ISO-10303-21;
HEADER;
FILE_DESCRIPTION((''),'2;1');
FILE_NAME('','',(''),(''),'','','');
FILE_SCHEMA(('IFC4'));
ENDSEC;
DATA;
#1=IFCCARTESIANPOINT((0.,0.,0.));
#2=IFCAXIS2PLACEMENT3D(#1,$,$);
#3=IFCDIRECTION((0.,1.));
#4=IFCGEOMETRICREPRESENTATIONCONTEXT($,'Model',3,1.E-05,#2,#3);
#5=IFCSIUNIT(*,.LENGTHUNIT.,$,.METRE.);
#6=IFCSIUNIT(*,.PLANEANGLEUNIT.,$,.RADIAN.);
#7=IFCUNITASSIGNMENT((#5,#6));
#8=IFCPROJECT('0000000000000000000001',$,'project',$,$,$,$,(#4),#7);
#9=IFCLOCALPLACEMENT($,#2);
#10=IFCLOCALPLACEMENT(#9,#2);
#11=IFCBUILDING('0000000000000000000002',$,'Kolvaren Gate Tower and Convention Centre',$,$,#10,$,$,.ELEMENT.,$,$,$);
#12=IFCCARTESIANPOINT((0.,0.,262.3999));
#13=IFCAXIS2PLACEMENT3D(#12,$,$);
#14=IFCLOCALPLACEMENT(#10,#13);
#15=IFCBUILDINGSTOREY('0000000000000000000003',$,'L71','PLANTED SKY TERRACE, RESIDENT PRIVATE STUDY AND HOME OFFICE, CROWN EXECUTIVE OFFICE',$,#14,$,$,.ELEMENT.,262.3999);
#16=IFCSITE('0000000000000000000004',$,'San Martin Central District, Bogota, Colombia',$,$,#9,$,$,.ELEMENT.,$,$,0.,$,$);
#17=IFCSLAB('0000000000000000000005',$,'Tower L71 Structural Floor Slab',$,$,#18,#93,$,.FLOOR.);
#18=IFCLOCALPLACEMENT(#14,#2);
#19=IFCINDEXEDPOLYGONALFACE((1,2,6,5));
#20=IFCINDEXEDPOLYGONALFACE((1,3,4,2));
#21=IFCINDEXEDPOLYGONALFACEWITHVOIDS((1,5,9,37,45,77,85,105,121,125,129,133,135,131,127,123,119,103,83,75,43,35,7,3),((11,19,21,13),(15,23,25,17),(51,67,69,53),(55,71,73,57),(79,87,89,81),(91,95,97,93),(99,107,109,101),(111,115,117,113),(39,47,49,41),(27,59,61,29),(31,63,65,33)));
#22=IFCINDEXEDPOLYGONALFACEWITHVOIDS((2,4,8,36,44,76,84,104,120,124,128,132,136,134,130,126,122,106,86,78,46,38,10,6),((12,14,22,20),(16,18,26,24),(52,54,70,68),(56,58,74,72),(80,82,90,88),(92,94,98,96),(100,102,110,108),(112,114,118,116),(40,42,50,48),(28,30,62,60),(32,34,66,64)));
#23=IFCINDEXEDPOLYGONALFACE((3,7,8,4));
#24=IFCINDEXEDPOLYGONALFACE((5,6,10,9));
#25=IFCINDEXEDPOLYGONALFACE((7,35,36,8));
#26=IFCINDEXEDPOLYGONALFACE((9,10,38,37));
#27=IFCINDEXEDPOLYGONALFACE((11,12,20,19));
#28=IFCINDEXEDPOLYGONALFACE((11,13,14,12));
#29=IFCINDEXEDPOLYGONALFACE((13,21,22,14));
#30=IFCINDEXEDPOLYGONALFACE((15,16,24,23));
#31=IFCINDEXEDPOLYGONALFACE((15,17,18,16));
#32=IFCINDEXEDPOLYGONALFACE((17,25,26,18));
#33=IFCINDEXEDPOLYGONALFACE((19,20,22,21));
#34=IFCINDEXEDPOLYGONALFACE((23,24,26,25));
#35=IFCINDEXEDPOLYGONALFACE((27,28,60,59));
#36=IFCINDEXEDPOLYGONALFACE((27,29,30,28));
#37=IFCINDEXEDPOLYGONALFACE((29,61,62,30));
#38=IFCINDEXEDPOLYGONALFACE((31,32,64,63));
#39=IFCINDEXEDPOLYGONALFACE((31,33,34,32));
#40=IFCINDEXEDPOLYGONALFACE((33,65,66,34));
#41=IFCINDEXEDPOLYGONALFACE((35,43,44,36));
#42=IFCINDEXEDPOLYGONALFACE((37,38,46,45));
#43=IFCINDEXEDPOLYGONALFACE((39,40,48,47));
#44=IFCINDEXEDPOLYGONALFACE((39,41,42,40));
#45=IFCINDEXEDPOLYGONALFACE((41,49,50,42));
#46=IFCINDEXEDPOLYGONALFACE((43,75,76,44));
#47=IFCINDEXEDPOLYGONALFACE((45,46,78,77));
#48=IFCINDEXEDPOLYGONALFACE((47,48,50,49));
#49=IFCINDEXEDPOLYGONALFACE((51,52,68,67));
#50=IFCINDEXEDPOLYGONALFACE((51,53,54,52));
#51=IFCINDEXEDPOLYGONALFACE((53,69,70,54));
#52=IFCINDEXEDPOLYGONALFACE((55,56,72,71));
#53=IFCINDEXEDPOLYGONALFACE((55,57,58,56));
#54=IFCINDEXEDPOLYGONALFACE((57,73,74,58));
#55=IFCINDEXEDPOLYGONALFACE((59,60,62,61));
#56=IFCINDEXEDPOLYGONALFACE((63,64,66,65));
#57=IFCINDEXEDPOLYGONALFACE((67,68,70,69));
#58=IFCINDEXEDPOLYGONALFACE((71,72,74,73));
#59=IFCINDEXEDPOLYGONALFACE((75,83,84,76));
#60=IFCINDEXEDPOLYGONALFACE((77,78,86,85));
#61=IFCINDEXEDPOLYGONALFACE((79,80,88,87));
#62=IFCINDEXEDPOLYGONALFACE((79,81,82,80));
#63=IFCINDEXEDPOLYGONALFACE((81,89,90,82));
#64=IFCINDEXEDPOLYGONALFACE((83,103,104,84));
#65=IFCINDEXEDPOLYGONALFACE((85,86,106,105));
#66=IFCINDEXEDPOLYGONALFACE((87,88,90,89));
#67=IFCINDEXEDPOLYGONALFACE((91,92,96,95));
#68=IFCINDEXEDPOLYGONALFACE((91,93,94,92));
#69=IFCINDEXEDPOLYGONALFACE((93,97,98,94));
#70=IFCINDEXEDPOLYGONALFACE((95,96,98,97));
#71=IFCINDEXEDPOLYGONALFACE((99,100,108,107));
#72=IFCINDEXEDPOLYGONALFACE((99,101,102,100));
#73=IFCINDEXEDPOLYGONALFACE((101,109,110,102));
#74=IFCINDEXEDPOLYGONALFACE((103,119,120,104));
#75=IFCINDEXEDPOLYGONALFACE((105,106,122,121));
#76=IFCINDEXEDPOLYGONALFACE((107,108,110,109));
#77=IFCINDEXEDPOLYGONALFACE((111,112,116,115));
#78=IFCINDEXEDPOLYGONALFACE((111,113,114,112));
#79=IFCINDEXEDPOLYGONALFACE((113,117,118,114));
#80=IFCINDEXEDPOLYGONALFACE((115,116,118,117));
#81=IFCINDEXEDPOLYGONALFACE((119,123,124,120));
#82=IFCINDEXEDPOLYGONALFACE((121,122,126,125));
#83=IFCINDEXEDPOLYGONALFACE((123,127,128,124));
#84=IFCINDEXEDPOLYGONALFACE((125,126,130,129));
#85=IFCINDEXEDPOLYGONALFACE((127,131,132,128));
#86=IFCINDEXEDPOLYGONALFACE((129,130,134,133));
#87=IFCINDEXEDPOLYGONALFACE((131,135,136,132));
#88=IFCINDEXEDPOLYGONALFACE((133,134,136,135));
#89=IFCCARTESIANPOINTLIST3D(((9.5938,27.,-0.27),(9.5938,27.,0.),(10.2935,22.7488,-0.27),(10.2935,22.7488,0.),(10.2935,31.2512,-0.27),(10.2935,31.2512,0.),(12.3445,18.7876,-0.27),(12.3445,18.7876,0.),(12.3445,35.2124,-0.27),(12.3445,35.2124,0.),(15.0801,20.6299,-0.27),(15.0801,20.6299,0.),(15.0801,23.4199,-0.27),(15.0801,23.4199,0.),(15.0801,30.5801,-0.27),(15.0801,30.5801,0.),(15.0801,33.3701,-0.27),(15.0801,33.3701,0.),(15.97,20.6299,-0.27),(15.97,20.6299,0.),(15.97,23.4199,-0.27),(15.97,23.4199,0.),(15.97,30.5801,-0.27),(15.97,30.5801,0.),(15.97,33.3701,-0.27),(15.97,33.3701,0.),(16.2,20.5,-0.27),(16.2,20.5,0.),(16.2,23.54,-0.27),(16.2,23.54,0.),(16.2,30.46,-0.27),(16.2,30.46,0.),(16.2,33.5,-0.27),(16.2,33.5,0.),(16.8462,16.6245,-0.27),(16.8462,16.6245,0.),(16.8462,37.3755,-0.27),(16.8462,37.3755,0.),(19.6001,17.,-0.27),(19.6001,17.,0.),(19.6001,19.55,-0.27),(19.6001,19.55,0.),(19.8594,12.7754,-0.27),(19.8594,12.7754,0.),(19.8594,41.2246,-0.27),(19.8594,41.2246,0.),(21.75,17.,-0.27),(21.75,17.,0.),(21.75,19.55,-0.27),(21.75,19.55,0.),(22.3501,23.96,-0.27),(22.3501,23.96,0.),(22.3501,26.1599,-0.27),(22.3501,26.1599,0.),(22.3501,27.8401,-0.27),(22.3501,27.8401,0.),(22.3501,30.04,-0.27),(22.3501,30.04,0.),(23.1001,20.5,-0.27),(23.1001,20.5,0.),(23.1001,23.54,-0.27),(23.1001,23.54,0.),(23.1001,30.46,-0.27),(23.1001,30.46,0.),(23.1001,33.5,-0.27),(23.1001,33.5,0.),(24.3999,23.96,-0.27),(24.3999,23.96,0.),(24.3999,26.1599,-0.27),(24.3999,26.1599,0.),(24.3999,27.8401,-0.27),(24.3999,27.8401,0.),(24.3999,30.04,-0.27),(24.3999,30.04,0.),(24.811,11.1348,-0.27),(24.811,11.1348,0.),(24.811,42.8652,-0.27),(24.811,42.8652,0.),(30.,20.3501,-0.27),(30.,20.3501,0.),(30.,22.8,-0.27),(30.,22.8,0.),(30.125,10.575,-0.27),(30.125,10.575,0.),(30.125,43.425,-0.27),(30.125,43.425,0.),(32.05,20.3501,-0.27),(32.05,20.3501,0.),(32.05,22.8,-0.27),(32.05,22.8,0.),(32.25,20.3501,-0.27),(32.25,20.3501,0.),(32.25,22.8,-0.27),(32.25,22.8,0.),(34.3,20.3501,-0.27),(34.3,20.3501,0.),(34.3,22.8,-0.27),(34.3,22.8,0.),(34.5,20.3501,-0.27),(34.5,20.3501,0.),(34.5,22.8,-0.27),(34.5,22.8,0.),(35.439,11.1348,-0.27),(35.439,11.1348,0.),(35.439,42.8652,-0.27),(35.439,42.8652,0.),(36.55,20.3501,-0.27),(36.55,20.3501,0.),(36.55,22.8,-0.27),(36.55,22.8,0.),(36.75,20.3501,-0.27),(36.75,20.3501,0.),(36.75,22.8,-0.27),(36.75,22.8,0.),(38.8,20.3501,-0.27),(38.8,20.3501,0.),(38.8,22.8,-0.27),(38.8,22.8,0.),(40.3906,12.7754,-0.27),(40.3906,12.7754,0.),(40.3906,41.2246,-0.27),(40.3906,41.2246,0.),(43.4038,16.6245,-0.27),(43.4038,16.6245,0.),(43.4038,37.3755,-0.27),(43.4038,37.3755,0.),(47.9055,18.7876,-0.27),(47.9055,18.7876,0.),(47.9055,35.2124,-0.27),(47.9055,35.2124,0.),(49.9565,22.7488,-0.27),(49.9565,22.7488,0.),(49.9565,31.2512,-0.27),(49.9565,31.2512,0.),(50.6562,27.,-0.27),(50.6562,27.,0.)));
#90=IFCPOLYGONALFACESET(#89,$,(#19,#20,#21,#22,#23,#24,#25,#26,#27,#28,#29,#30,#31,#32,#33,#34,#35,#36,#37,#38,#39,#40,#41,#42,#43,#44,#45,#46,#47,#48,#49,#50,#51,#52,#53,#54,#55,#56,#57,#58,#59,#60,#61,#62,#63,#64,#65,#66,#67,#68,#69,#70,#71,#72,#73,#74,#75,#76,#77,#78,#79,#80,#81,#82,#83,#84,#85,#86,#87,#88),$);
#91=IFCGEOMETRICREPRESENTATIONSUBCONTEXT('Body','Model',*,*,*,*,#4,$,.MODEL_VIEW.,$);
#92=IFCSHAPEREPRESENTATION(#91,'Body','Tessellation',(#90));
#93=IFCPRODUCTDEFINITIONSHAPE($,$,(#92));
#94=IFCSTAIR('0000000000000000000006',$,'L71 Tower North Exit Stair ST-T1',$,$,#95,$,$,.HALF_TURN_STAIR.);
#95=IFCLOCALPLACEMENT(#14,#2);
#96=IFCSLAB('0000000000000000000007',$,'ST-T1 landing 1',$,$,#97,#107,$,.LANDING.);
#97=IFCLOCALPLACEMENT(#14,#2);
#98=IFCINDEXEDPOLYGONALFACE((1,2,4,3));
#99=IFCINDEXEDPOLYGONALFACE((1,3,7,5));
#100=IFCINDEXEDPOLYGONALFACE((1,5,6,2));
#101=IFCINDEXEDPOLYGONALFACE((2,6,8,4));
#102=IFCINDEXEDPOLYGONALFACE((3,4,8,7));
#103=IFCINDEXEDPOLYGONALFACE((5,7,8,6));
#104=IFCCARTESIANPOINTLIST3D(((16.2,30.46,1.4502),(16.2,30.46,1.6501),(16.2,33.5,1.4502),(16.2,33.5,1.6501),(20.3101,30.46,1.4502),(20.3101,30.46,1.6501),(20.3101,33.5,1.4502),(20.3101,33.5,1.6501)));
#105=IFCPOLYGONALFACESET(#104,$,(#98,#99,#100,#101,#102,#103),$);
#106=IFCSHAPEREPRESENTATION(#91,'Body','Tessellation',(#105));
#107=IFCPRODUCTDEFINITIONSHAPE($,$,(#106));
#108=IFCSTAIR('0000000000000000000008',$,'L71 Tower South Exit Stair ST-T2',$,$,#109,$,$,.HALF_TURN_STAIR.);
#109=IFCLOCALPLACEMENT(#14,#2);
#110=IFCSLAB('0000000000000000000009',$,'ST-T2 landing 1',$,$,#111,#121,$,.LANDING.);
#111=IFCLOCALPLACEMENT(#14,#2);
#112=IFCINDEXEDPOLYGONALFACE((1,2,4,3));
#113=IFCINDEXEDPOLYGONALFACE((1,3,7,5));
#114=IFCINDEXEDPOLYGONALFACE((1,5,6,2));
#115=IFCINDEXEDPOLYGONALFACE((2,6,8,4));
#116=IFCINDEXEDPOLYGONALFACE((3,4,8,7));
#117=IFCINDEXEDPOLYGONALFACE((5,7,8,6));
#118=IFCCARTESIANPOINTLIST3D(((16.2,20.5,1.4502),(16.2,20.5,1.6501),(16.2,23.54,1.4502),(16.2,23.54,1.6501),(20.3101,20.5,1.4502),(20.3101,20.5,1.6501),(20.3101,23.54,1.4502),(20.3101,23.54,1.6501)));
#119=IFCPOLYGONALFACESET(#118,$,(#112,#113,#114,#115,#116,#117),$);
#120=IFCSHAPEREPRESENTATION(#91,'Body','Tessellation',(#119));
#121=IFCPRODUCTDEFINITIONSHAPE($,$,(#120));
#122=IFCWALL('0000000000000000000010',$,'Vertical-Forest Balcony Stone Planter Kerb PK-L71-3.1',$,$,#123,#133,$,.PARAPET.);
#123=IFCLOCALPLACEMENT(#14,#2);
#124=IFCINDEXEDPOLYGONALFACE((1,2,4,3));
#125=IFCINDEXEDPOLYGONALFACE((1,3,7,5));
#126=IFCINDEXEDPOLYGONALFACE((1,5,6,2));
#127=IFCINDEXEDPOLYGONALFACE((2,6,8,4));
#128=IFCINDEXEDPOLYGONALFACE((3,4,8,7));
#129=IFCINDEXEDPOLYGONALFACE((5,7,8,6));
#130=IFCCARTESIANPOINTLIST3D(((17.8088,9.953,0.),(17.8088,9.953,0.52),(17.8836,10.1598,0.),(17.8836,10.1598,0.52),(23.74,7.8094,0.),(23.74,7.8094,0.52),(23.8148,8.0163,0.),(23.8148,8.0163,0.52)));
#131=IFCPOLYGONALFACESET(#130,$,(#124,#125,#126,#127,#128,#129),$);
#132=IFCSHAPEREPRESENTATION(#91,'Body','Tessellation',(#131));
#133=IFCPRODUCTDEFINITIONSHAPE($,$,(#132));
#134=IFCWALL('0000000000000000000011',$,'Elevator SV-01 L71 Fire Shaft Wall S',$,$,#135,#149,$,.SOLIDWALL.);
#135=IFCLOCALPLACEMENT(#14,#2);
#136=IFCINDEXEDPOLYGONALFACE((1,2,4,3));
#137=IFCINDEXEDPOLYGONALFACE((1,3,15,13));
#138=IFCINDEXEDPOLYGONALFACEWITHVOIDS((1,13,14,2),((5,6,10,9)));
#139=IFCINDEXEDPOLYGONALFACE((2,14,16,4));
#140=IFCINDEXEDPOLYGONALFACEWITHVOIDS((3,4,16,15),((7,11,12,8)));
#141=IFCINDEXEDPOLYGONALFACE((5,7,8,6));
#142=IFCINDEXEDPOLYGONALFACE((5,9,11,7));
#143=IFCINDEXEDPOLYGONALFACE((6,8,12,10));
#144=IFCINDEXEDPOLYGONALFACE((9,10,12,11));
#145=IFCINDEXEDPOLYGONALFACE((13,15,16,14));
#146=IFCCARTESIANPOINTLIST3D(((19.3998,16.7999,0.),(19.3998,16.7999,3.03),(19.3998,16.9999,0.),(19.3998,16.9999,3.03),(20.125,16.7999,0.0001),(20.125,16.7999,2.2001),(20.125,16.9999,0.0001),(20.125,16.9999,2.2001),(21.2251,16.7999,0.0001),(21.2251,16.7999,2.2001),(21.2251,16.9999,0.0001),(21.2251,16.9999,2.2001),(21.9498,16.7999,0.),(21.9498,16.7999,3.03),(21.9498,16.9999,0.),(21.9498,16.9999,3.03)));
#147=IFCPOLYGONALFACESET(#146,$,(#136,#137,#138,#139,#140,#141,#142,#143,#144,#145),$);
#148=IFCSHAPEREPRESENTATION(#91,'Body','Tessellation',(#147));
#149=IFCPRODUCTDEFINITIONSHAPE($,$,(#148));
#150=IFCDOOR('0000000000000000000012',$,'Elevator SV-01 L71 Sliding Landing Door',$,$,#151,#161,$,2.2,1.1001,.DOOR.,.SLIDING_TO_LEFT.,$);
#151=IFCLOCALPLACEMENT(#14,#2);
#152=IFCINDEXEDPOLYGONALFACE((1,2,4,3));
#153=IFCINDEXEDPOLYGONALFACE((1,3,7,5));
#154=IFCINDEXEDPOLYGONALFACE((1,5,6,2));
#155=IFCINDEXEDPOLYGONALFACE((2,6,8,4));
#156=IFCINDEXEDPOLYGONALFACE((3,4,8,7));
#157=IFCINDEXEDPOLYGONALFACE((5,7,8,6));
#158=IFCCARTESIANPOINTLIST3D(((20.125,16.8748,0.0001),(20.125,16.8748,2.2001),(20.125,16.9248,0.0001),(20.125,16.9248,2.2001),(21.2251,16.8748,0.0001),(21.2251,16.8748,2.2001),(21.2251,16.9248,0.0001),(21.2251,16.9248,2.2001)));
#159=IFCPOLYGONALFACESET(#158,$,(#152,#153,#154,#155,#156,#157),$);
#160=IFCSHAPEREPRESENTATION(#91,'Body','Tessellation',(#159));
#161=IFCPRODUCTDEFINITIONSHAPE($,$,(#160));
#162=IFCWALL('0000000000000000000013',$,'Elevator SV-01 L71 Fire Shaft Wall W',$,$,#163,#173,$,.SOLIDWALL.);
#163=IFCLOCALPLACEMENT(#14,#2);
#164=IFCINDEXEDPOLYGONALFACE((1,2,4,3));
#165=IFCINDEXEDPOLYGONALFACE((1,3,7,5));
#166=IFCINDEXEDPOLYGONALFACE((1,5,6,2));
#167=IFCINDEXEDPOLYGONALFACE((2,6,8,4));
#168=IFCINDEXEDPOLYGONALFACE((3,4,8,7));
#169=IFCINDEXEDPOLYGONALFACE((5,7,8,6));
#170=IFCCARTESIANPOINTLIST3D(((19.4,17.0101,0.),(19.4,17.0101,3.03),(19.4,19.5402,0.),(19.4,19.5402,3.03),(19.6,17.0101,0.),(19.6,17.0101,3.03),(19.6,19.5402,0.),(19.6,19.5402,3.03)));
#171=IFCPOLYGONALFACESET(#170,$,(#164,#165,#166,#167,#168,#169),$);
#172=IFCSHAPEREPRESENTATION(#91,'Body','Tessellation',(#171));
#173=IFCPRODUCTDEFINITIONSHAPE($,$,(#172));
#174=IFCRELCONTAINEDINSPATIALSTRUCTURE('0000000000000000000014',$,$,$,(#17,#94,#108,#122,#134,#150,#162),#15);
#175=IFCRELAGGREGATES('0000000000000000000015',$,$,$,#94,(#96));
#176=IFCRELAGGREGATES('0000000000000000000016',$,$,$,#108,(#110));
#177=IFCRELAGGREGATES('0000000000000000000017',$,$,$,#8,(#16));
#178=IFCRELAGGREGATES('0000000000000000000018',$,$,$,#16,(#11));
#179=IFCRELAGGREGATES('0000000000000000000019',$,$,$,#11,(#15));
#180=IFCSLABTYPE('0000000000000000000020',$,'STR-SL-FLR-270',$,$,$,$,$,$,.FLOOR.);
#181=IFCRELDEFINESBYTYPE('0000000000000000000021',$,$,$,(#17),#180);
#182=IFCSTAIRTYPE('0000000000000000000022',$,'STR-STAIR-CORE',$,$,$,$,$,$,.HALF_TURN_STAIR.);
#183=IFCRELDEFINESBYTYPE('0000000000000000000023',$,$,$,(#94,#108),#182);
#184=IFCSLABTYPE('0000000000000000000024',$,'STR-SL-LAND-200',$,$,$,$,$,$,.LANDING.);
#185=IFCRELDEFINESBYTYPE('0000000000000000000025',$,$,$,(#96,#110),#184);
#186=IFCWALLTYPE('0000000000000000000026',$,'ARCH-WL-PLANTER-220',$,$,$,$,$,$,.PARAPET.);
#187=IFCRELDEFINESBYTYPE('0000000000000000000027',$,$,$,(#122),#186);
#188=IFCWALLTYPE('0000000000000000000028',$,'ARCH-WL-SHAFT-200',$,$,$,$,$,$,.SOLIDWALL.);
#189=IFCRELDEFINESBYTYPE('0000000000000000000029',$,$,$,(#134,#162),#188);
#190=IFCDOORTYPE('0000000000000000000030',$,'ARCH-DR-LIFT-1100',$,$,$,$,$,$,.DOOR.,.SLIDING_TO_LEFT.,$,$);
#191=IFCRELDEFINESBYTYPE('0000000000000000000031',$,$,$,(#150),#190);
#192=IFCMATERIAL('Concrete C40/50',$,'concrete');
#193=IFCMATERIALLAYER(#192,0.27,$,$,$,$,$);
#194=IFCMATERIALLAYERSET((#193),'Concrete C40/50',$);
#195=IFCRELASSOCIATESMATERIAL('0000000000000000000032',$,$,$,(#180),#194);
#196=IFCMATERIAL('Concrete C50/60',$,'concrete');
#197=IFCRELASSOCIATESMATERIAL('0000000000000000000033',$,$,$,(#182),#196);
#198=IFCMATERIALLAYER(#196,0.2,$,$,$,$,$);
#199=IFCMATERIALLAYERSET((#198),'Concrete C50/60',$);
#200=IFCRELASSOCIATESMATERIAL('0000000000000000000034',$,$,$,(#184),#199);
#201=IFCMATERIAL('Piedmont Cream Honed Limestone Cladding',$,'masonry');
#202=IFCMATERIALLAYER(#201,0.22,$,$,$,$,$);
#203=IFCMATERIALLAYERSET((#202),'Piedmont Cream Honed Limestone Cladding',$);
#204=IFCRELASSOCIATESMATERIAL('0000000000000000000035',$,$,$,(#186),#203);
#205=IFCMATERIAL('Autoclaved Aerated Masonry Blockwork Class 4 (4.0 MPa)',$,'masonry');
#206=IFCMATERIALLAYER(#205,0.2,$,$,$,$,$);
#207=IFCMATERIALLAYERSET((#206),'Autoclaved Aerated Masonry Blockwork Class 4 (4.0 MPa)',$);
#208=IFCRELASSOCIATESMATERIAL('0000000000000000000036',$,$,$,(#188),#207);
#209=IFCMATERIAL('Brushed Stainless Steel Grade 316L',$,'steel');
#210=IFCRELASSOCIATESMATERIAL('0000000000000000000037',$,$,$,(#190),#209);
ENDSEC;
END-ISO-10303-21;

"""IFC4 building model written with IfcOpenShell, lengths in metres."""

from ifc_helpers import new_model, si_unit, direction, frame, frame_2d, origin, place, context, subcontext, project, spatial, polyline, rectangle, outline, extrude, material, layer, layer_set, type_object, element, fill, aggregate, save


model = new_model("IFC4")

# Units and contexts
model_context = context("Model", 3, precision=1e-05, world=origin(), true_north=direction((0.0, 1.0)))
body_context = subcontext(model_context, "Body", "Model", "MODEL_VIEW")
ifc_project = project(units=[si_unit("LENGTHUNIT", "METRE"), si_unit("PLANEANGLEUNIT", "RADIAN")], contexts=[model_context])

# Site, building, storey
site_placement = place(None, origin())
site = spatial("IfcSite", under=ifc_project, at=site_placement, Name="San Martin Central District, Bogota, Colombia", CompositionType="ELEMENT", RefElevation=0.0)
building_placement = place(site_placement, origin())
building = spatial("IfcBuilding", under=site, at=building_placement, Name="Kolvaren Gate Tower and Convention Centre", CompositionType="ELEMENT")
storey_placement = place(building_placement, frame((0.0, 0.0, 262.3999)))
storey = spatial("IfcBuildingStorey", under=building, at=storey_placement, Name="L71", Description="PLANTED SKY TERRACE, RESIDENT PRIVATE STUDY AND HOME OFFICE, CROWN EXECUTIVE OFFICE", CompositionType="ELEMENT", Elevation=262.3999)

# Slab
ifc_material_1 = material(Name="Concrete C50/60", Category="concrete")
ifc_material_2 = material(Name="Concrete C40/50", Category="concrete")
ifc_layer_1 = layer(ifc_material_2, 0.27)
ifc_layer_set_1 = layer_set([ifc_layer_1], Name="Concrete C40/50")
slab_type_1 = type_object("IfcSlabType", Name="STR-SL-FLR-270", PredefinedType="FLOOR", material=ifc_layer_set_1)
slab_1_placement = place(storey_placement, frame((0.0, 0.0, -0.27)))
element("IfcSlab", 1, at=slab_1_placement, inside=storey, type_object=slab_type_1, Name="Tower L71 Structural Floor Slab", PredefinedType="FLOOR", context=body_context, shape_type="SweptSolid", body=[
    extrude(outline(polyline([(50.6562, 27.0), (49.9565, 31.2512), (47.9055, 35.2124), (43.4038, 37.3755), (40.3906, 41.2246), (35.439, 42.8652), (30.125, 43.425), (24.811, 42.8652), (19.8594, 41.2246), (16.8462, 37.3755), (12.3445, 35.2124), (10.2935, 31.2512), (9.5938, 27.0), (10.2935, 22.7488), (12.3445, 18.7876), (16.8462, 16.6245), (19.8594, 12.7754), (24.811, 11.1348), (30.125, 10.575), (35.439, 11.1348), (40.3906, 12.7754), (43.4038, 16.6245), (47.9055, 18.7876), (49.9565, 22.7488), (50.6562, 27.0)]), holes=[polyline([(36.75, 20.3501), (36.75, 22.8), (38.8, 22.8), (38.8, 20.3501), (36.75, 20.3501)]), polyline([(36.55, 20.3501), (34.5, 20.3501), (34.5, 22.8), (36.55, 22.8), (36.55, 20.3501)]), polyline([(32.25, 20.3501), (32.25, 22.8), (34.3, 22.8), (34.3, 20.3501), (32.25, 20.3501)]), polyline([(30.0, 20.3501), (30.0, 22.8), (32.05, 22.8), (32.05, 20.3501), (30.0, 20.3501)]), polyline([(22.3501, 23.96), (22.3501, 26.1599), (24.3999, 26.1599), (24.3999, 23.96), (22.3501, 23.96)]), polyline([(22.3501, 27.8401), (22.3501, 30.04), (24.3999, 30.04), (24.3999, 27.8401), (22.3501, 27.8401)]), polyline([(16.2, 23.54), (23.1001, 23.54), (23.1001, 20.5), (16.2, 20.5), (16.2, 23.54)]), polyline([(16.2, 33.5), (23.1001, 33.5), (23.1001, 30.46), (16.2, 30.46), (16.2, 33.5)]), polyline([(21.75, 17.0), (19.6001, 17.0), (19.6001, 19.55), (21.75, 19.55), (21.75, 17.0)]), polyline([(15.0801, 30.5801), (15.0801, 33.3701), (15.97, 33.3701), (15.97, 30.5801), (15.0801, 30.5801)]), polyline([(15.97, 20.6299), (15.0801, 20.6299), (15.0801, 23.4199), (15.97, 23.4199), (15.97, 20.6299)])]), origin(), (0.0, 0.0, 1.0), 0.27),
])

# Stairs, slabs
stair_type = type_object("IfcStairType", Name="STR-STAIR-CORE", PredefinedType="HALF_TURN_STAIR", material=ifc_material_1)
stair_1_placement = place(storey_placement, origin())
stair_1 = element("IfcStair", 2, at=stair_1_placement, inside=storey, type_object=stair_type, Name="L71 Tower North Exit Stair ST-T1", PredefinedType="HALF_TURN_STAIR")
ifc_layer_2 = layer(ifc_material_1, 0.2)
ifc_layer_set_2 = layer_set([ifc_layer_2], Name="Concrete C50/60")
slab_type_2 = type_object("IfcSlabType", Name="STR-SL-LAND-200", PredefinedType="LANDING", material=ifc_layer_set_2)
slab_2_placement = place(storey_placement, frame((0.0, 0.0, 1.4502)))
slab_2 = element("IfcSlab", 3, at=slab_2_placement, type_object=slab_type_2, Name="ST-T1 landing 1", PredefinedType="LANDING", context=body_context, shape_type="SweptSolid", body=[
    extrude(outline(polyline([(20.3101, 33.5), (16.2, 33.5), (16.2, 30.46), (20.3101, 30.46), (20.3101, 33.5)])), origin(), (0.0, 0.0, 1.0), 0.2),
])
aggregate(stair_1, [slab_2])
stair_2_placement = place(storey_placement, origin())
stair_2 = element("IfcStair", 4, at=stair_2_placement, inside=storey, type_object=stair_type, Name="L71 Tower South Exit Stair ST-T2", PredefinedType="HALF_TURN_STAIR")
slab_3_placement = place(storey_placement, frame((0.0, 0.0, 1.4502)))
slab_3 = element("IfcSlab", 5, at=slab_3_placement, type_object=slab_type_2, Name="ST-T2 landing 1", PredefinedType="LANDING", context=body_context, shape_type="SweptSolid", body=[
    extrude(outline(polyline([(20.3101, 23.54), (16.2, 23.54), (16.2, 20.5), (20.3101, 20.5), (20.3101, 23.54)])), origin(), (0.0, 0.0, 1.0), 0.2),
])
aggregate(stair_2, [slab_3])

# Wall
ifc_material_3 = material(Name="Piedmont Cream Honed Limestone Cladding", Category="masonry")
ifc_layer_3 = layer(ifc_material_3, 0.22)
ifc_layer_set_3 = layer_set([ifc_layer_3], Name="Piedmont Cream Honed Limestone Cladding")
wall_type_1 = type_object("IfcWallType", Name="ARCH-WL-PLANTER-220", PredefinedType="PARAPET", material=ifc_layer_set_3)
wall_1_placement = place(storey_placement, frame((17.8462, 10.0564, 0.0), z_axis=(0.0, 0.0, 1.0), x_axis=(0.940465, -0.33989, 0.0)))
element("IfcWall", 6, at=wall_1_placement, inside=storey, type_object=wall_type_1, Name="Vertical-Forest Balcony Stone Planter Kerb PK-L71-3.1", PredefinedType="PARAPET", context=body_context, shape_type="SweptSolid", body=[
    extrude(rectangle(XDim=6.3066, YDim=0.22, at=frame_2d((3.1533, 0.0))), origin(), (0.0, 0.0, 1.0), 0.52),
])

# Wall, opening, door
ifc_material_4 = material(Name="Autoclaved Aerated Masonry Blockwork Class 4 (4.0 MPa)", Category="masonry")
ifc_layer_4 = layer(ifc_material_4, 0.2)
ifc_layer_set_4 = layer_set([ifc_layer_4], Name="Autoclaved Aerated Masonry Blockwork Class 4 (4.0 MPa)")
wall_type_2 = type_object("IfcWallType", Name="ARCH-WL-SHAFT-200", PredefinedType="SOLIDWALL", material=ifc_layer_set_4)
wall_2_placement = place(storey_placement, frame((19.3999, 16.8999, 0.0), z_axis=(0.0, 0.0, 1.0), x_axis=(1.0, 0.0, 0.0)))
wall_2 = element("IfcWall", 7, at=wall_2_placement, inside=storey, type_object=wall_type_2, Name="Elevator SV-01 L71 Fire Shaft Wall S", PredefinedType="SOLIDWALL", context=body_context, shape_type="SweptSolid", body=[
    extrude(rectangle(XDim=2.55, YDim=0.2, at=frame_2d((1.2749, 0.0))), origin(), (0.0, 0.0, 1.0), 3.03),
])
opening_1_placement = place(wall_2_placement, frame((0.7251, 0.0, 0.0)))
opening_1 = element("IfcOpeningElement", 8, at=opening_1_placement, cuts=wall_2, PredefinedType="OPENING", context=body_context, shape_type="SweptSolid", body=[
    extrude(rectangle(XDim=1.1001, YDim=2.2, at=frame_2d((0.55, 1.1001))), frame((0.0, 0.1099, 0.0), z_axis=(0.0, -1.0, 0.0), x_axis=(1.0, 0.0, 0.0)), (0.0, 0.0, 1.0), 0.22),
])
ifc_material_5 = material(Name="Brushed Stainless Steel Grade 316L", Category="steel")
door_type = type_object("IfcDoorType", Name="ARCH-DR-LIFT-1100", OperationType="SLIDING_TO_LEFT", PredefinedType="DOOR", material=ifc_material_5)
door_placement = place(opening_1_placement, origin())
door = element("IfcDoor", 9, at=door_placement, inside=storey, type_object=door_type, Name="Elevator SV-01 L71 Sliding Landing Door", OperationType="SLIDING_TO_LEFT", OverallHeight=2.2, OverallWidth=1.1001, PredefinedType="DOOR", context=body_context, shape_type="SweptSolid", body=[
    extrude(rectangle(XDim=1.1001, YDim=2.2, at=frame_2d((0.55, 1.1001))), frame((0.0, 0.0249, 0.0), z_axis=(0.0, -1.0, 0.0), x_axis=(1.0, 0.0, 0.0)), (0.0, 0.0, 1.0), 0.05),
])
fill(opening_1, door)

# Wall
wall_3_placement = place(storey_placement, frame((19.5, 17.01, 0.0), z_axis=(0.0, 0.0, 1.0), x_axis=(0.0, 1.0, 0.0)))
element("IfcWall", 10, at=wall_3_placement, inside=storey, type_object=wall_type_2, Name="Elevator SV-01 L71 Fire Shaft Wall W", PredefinedType="SOLIDWALL", context=body_context, shape_type="SweptSolid", body=[
    extrude(rectangle(XDim=2.53, YDim=0.2, at=frame_2d((1.2651, 0.0))), origin(), (0.0, 0.0, 1.0), 3.03),
])

save(model, "model.ifc")
